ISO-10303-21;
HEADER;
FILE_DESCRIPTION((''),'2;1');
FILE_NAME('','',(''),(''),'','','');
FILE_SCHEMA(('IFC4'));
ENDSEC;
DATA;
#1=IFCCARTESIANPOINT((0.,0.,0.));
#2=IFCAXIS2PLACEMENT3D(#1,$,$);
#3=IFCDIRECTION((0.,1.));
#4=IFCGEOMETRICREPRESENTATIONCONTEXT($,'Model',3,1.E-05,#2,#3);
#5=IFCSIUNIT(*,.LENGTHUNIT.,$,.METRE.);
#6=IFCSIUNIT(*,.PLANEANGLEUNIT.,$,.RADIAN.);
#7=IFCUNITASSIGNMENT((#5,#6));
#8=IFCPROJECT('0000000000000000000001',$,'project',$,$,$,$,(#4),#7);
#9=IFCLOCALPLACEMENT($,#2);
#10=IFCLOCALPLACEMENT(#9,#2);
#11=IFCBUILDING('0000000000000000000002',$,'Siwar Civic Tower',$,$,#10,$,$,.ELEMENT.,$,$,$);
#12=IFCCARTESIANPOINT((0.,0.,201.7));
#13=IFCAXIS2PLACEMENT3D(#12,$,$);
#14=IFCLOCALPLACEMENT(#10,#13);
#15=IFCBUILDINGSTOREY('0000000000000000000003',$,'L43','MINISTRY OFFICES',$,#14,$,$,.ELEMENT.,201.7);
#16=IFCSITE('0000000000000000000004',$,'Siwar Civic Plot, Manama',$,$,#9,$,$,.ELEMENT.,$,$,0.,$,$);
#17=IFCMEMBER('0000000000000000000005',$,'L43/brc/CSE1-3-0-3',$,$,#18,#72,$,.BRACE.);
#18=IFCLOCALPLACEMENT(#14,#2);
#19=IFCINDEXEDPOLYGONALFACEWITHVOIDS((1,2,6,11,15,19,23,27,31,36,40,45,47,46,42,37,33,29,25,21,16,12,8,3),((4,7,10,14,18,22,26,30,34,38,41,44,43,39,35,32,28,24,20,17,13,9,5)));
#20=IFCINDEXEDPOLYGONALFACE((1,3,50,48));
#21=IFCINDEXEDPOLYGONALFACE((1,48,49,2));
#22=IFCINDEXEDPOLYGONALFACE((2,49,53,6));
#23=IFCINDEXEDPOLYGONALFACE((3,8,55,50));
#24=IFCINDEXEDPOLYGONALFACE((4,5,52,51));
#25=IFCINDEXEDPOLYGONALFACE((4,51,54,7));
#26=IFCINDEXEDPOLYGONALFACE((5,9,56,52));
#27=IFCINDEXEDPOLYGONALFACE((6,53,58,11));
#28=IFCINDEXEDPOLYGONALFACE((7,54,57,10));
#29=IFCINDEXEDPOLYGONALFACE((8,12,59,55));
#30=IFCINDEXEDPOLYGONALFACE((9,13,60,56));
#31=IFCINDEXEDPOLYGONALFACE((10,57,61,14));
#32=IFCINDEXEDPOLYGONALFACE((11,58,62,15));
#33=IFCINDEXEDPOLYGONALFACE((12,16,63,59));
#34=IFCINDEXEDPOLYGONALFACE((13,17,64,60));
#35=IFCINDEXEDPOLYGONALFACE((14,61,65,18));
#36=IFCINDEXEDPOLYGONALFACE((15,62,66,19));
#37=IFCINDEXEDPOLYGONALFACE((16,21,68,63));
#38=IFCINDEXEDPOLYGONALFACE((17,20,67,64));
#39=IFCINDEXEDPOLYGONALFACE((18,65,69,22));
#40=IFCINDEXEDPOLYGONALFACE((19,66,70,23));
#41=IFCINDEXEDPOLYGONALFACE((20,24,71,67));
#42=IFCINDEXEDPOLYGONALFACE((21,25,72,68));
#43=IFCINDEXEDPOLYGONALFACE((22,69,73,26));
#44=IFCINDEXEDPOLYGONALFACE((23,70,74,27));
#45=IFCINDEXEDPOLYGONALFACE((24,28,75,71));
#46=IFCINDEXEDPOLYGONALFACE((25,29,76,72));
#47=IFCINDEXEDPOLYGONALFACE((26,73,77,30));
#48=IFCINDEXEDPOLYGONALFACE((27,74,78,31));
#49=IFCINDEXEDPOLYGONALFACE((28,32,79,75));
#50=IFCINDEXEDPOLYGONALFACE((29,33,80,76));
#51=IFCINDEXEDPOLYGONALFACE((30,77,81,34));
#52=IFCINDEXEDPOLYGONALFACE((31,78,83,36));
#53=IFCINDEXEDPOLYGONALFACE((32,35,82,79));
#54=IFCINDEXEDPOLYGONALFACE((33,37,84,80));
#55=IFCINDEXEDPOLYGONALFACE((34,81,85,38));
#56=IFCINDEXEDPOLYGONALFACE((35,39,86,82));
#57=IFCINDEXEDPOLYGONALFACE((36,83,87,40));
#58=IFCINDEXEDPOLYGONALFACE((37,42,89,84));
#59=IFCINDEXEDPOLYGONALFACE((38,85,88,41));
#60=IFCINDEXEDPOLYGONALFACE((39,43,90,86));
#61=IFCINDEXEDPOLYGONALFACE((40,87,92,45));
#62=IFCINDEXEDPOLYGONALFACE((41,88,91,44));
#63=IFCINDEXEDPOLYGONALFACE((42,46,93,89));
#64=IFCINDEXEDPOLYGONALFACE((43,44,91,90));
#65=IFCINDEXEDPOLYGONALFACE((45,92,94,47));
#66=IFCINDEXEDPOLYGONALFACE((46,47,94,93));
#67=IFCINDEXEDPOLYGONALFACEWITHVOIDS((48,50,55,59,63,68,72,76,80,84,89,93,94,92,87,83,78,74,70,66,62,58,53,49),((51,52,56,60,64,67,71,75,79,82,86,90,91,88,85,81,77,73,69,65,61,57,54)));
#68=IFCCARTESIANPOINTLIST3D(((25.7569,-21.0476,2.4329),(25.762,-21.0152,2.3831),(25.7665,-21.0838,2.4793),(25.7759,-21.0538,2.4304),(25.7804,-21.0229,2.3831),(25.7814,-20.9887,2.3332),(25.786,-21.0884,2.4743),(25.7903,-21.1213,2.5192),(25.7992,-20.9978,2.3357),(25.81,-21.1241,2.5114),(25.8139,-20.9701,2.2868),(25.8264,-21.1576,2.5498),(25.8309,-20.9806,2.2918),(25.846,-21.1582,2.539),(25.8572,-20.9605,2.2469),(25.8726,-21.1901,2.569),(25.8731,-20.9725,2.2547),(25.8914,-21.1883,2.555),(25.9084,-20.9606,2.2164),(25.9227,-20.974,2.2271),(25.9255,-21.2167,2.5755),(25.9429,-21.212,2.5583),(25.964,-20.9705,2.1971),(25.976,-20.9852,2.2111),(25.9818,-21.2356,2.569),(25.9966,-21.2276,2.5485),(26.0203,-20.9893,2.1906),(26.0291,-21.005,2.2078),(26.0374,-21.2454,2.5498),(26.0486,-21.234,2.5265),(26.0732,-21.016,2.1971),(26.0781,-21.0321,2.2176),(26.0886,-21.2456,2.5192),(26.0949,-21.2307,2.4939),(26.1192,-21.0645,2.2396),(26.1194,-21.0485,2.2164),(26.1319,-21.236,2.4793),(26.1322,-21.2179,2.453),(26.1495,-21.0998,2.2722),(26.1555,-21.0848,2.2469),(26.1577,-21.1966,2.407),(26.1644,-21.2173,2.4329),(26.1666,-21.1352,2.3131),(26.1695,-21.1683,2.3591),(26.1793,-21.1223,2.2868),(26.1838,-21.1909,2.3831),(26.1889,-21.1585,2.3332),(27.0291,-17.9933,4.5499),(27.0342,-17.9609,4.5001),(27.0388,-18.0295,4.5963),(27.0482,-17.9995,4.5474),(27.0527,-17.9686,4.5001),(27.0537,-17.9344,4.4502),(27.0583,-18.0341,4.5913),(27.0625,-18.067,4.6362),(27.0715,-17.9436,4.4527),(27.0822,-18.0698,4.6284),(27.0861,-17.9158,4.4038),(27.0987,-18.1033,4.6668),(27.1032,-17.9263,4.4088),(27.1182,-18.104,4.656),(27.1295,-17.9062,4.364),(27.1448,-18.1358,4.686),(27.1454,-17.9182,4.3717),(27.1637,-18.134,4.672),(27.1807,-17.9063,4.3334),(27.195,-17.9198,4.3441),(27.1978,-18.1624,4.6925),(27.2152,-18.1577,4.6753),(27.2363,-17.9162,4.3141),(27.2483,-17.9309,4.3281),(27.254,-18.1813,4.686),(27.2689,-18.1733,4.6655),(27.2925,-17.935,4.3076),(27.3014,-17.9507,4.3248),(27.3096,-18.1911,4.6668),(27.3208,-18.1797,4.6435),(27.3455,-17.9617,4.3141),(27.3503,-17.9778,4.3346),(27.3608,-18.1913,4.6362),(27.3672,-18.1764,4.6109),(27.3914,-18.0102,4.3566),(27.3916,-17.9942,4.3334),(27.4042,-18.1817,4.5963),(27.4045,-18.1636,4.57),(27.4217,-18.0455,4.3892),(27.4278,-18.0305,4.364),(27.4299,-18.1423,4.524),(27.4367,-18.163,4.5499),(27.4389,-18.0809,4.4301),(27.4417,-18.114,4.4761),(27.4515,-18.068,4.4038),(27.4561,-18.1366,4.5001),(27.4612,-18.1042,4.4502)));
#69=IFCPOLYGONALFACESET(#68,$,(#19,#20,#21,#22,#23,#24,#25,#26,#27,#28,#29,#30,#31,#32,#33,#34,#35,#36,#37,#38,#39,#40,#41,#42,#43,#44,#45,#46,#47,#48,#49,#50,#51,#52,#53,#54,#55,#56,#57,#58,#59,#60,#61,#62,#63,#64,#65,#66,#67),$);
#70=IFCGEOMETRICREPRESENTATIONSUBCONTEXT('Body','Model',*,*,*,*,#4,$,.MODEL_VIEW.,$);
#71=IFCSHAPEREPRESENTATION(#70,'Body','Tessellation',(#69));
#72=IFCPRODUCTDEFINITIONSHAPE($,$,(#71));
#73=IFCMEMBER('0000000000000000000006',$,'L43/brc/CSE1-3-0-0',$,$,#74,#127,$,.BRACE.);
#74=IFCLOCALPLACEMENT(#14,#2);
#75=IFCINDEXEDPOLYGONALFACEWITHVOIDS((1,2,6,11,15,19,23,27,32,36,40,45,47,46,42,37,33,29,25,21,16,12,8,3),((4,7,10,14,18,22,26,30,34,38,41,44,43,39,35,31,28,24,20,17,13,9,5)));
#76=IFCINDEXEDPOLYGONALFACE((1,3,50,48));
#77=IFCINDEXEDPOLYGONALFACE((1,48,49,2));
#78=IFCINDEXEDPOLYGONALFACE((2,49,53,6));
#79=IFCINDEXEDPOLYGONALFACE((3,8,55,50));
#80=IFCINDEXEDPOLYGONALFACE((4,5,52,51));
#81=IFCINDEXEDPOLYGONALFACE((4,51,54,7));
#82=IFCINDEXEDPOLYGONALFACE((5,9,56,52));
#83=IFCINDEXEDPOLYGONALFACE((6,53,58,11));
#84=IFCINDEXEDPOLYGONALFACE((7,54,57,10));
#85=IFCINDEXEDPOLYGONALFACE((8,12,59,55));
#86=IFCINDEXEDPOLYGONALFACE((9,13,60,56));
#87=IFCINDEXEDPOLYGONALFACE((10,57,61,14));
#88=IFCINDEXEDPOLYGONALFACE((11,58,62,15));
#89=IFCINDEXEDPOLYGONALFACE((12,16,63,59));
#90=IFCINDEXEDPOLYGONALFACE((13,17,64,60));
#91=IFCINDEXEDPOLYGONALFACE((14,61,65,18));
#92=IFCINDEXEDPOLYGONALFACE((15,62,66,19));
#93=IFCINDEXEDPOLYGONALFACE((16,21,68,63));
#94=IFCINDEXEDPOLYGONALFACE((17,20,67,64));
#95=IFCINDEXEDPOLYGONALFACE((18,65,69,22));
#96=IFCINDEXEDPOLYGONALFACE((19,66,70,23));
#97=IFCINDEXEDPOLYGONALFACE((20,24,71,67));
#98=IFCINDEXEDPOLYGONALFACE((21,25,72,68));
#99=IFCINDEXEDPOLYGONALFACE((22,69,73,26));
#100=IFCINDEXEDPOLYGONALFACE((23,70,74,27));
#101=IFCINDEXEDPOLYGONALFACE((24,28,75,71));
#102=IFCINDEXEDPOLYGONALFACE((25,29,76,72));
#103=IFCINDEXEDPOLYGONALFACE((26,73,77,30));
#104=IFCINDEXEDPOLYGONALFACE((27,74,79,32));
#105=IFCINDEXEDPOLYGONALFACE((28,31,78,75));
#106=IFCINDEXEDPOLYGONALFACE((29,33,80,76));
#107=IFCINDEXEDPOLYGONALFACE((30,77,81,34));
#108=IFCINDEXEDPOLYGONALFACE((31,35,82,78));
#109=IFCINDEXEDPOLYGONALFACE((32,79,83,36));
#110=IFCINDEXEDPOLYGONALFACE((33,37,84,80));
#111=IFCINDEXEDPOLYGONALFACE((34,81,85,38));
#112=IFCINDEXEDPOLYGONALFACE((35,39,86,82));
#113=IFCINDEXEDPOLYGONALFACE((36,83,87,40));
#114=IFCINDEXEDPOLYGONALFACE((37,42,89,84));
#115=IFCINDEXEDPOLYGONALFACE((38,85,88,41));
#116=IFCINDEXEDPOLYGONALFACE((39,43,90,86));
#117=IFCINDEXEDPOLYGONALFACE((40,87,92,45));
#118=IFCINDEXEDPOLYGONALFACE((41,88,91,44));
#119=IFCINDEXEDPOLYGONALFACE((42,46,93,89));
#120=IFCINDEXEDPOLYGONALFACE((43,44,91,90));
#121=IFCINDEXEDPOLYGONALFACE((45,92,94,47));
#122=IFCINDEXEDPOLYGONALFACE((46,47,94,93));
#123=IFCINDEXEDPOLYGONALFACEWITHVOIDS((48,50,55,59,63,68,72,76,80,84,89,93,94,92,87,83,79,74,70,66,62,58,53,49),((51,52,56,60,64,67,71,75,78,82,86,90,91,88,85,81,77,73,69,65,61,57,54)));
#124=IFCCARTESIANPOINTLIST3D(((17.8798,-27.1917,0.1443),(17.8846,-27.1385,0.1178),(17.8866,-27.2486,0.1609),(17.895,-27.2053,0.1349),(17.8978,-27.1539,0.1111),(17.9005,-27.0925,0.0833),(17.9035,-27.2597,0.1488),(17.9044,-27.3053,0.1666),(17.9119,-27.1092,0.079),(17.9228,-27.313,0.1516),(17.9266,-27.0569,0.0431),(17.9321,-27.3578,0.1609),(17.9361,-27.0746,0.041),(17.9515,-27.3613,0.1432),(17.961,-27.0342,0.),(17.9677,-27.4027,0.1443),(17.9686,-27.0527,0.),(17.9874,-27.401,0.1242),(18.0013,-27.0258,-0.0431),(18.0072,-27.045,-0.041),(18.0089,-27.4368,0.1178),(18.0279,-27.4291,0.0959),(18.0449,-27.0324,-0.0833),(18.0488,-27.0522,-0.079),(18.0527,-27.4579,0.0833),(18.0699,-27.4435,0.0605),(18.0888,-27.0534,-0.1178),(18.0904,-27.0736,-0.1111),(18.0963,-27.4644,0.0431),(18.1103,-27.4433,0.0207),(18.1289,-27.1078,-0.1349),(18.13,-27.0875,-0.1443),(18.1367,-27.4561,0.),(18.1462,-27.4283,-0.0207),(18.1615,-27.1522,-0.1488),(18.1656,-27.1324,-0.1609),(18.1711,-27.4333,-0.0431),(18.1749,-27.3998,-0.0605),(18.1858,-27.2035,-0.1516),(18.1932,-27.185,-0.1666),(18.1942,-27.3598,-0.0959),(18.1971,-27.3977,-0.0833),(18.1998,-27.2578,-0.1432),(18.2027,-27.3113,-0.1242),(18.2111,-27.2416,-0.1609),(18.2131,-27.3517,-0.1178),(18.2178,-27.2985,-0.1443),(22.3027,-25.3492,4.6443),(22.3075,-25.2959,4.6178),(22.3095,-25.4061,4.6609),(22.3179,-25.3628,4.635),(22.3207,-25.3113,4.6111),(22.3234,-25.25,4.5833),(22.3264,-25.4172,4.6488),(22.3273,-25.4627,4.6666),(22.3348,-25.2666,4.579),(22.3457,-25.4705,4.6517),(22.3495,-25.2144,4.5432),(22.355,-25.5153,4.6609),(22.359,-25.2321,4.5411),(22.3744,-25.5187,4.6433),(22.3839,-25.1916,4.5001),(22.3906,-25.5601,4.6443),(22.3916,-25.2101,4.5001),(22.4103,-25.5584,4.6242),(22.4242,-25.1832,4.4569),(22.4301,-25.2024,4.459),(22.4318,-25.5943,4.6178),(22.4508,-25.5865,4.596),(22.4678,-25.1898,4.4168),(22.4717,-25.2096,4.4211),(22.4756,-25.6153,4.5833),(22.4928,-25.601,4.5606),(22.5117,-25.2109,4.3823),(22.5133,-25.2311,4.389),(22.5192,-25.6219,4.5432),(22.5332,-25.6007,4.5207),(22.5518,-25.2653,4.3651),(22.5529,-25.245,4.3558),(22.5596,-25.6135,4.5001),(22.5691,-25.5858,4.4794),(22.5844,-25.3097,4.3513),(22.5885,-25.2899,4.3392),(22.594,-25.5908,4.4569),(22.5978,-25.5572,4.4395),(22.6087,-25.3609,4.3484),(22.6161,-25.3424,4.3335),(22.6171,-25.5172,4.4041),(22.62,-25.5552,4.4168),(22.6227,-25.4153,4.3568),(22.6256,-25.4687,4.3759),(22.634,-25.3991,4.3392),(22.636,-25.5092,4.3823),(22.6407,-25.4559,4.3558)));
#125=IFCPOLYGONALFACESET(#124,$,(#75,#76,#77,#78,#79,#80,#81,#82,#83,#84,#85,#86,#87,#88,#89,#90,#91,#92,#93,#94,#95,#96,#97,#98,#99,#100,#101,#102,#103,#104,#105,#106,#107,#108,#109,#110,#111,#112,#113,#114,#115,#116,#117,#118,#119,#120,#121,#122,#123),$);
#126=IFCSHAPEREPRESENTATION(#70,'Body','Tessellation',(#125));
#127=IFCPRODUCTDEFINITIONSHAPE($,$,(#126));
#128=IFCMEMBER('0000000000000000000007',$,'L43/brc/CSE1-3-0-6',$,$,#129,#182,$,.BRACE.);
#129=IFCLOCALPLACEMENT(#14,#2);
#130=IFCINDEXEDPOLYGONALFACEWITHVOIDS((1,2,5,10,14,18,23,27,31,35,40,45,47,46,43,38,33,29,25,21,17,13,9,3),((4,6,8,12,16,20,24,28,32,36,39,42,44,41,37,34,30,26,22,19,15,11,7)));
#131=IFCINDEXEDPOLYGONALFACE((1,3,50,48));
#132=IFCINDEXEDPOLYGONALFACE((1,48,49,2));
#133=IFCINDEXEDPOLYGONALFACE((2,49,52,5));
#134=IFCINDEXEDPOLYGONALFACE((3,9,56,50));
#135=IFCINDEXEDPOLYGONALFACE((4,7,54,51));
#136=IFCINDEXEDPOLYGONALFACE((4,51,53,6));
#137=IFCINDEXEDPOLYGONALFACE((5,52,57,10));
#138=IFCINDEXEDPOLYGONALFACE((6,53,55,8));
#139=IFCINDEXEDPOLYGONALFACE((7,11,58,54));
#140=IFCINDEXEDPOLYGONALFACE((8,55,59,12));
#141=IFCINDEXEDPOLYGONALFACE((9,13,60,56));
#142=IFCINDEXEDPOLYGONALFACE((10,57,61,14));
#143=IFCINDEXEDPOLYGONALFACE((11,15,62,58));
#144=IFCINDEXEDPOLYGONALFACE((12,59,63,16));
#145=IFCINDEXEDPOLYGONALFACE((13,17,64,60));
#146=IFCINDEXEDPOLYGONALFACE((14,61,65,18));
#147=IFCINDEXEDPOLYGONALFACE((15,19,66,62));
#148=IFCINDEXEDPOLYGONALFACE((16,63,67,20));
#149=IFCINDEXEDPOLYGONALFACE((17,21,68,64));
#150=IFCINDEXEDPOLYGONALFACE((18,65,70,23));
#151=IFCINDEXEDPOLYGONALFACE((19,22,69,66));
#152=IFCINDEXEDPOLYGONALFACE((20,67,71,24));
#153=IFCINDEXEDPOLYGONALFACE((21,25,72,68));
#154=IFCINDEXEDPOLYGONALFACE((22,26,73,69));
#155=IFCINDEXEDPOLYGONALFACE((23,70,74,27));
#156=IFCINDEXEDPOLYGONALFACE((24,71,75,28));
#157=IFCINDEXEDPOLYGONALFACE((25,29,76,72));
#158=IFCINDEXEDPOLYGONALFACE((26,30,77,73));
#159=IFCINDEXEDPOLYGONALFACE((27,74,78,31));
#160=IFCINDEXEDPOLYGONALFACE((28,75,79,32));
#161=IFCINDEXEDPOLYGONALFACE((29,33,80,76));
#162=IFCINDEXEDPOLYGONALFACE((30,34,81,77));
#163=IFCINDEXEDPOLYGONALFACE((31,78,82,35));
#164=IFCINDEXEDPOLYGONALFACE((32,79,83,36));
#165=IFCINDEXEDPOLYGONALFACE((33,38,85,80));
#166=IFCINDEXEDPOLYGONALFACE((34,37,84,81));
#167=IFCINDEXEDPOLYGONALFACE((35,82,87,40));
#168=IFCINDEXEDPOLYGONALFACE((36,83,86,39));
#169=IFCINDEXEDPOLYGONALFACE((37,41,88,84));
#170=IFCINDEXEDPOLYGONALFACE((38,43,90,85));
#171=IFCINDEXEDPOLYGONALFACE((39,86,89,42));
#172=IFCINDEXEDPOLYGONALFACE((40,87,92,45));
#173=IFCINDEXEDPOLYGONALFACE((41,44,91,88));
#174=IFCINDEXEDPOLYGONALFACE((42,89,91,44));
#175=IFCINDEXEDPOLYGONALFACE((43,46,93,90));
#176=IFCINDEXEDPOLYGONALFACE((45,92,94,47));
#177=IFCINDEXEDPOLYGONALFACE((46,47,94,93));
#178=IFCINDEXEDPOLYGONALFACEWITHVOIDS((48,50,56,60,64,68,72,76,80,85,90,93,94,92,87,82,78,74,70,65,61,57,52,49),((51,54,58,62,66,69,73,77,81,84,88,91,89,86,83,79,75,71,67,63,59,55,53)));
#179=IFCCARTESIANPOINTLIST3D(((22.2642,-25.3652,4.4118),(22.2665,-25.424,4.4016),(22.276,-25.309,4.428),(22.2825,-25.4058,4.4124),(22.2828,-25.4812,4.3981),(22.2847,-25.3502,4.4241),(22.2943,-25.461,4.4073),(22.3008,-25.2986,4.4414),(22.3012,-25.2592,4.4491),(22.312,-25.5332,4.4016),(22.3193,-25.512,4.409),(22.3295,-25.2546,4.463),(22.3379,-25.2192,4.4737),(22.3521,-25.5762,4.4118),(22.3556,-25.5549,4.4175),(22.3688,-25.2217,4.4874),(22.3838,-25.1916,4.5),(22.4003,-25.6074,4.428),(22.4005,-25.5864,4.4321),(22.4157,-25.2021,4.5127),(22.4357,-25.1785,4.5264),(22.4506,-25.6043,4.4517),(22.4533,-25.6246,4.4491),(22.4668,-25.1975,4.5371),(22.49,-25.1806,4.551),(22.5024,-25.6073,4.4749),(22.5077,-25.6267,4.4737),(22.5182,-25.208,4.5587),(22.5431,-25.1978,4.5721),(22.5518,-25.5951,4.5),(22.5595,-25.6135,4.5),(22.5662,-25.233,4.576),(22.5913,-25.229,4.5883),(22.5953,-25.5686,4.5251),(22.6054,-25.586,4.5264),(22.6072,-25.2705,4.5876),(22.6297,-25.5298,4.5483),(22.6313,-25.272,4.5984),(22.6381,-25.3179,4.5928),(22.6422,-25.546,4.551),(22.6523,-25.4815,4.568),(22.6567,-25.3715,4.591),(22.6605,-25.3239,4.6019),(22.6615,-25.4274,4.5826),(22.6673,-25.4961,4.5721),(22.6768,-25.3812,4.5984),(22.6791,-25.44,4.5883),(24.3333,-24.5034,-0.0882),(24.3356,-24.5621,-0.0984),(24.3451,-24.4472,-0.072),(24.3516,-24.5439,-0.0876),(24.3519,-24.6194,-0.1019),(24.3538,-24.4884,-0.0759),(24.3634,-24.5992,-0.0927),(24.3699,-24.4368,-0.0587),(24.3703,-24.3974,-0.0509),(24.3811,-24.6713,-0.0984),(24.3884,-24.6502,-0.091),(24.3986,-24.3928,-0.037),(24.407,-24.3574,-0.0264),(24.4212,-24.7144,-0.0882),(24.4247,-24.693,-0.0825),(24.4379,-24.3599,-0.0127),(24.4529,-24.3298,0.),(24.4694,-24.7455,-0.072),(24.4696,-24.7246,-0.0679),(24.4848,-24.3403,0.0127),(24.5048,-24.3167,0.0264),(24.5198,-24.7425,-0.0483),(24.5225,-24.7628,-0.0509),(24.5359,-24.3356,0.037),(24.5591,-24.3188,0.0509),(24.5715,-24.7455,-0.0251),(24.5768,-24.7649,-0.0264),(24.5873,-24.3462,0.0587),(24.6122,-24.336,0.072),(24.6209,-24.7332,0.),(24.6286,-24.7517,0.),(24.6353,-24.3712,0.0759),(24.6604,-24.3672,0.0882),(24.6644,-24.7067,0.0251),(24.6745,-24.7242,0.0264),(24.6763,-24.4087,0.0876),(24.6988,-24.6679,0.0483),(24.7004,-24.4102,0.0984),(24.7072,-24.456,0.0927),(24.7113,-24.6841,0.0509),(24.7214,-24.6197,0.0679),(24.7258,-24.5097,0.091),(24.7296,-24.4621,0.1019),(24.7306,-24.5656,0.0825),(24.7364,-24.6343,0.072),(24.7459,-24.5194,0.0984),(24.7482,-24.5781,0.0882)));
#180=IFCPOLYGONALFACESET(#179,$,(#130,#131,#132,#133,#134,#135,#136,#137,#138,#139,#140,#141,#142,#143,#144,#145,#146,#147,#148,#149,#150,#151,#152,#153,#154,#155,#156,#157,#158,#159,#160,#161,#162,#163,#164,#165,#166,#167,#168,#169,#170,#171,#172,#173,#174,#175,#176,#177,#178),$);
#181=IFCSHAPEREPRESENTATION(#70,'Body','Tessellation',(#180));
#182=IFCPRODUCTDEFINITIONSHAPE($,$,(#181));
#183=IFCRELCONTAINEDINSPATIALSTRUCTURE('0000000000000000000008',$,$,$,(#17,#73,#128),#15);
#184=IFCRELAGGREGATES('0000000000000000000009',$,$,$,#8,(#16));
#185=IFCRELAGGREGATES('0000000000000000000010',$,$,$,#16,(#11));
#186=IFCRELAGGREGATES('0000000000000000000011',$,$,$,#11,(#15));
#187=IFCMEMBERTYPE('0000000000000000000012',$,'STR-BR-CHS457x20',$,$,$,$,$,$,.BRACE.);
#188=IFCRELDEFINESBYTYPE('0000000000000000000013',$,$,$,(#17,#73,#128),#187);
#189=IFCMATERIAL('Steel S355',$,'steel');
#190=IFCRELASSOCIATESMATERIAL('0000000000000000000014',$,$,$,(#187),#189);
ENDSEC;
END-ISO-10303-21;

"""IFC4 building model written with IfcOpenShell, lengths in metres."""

from ifc_helpers import new_model, si_unit, direction, frame, origin, origin_2d, place, context, subcontext, project, spatial, hollow_circle, extrude, material, material_profile, profile_set, type_object, element, save


model = new_model("IFC4")

# Units and contexts
model_context = context("Model", 3, precision=1e-05, world=origin(), true_north=direction((0.0, 1.0)))
body_context = subcontext(model_context, "Body", "Model", "MODEL_VIEW")
ifc_project = project(units=[si_unit("LENGTHUNIT", "METRE"), si_unit("PLANEANGLEUNIT", "RADIAN")], contexts=[model_context])

# Site, building, storey
site_placement = place(None, origin())
site = spatial("IfcSite", under=ifc_project, at=site_placement, Name="Siwar Civic Plot, Manama", CompositionType="ELEMENT", RefElevation=0.0)
building_placement = place(site_placement, origin())
building = spatial("IfcBuilding", under=site, at=building_placement, Name="Siwar Civic Tower", CompositionType="ELEMENT")
storey_placement = place(building_placement, frame((0.0, 0.0, 201.7)))
storey = spatial("IfcBuildingStorey", under=building, at=storey_placement, Name="L43", Description="MINISTRY OFFICES", CompositionType="ELEMENT", Elevation=201.7)

# Members
ifc_material_1 = material(Name="Steel S355", Category="steel")
ifc_material_profile_1 = material_profile(ifc_material_1, hollow_circle(Radius=0.2285, WallThickness=0.02, at=origin_2d()), Name="CHS457x20")
ifc_profile_set_1 = profile_set([ifc_material_profile_1], Name="Steel S355")
member_type_1 = type_object("IfcMemberType", Name="STR-BR-CHS457x20", PredefinedType="BRACE", material=ifc_profile_set_1)
for number, where, z_axis, x_axis, name in (
    (1, (25.9729, -21.103, 2.3831), (0.323895, 0.777572, 0.538955), (-0.923116, 0.384521, 0.0), "L43/brc/CSE1-3-0-3"),
):
    element("IfcMember", number, at=place(storey_placement, frame(where, z_axis=z_axis, x_axis=x_axis)), inside=storey, type_object=member_type_1, Name=name, PredefinedType="BRACE", context=body_context, shape_type="SweptSolid", body=[
        extrude(hollow_circle(Radius=0.2285, WallThickness=0.02, at=origin_2d()), origin(), (0.0, 0.0, 1.0), 3.928),
    ])
member_1_placement = place(storey_placement, frame((18.0488, -27.2451, 0.0), z_axis=(0.672865, 0.280311, 0.684601), x_axis=(-0.384557, 0.923101, 0.0)))
element("IfcMember", 2, at=member_1_placement, inside=storey, type_object=member_type_1, Name="L43/brc/CSE1-3-0-0", PredefinedType="BRACE", context=body_context, shape_type="SweptSolid", body=[
    extrude(hollow_circle(Radius=0.2285, WallThickness=0.02, at=origin_2d()), origin(), (0.0, 0.0, 1.0), 6.5732),
])
member_2_placement = place(storey_placement, frame((24.5408, -24.5408, 0.0), z_axis=(-0.41157, -0.171427, 0.895111), x_axis=(0.384499, -0.923125, 0.0)))
element("IfcMember", 3, at=member_2_placement, inside=storey, type_object=member_type_1, Name="L43/brc/CSE1-3-0-6", PredefinedType="BRACE", context=body_context, shape_type="SweptSolid", body=[
    extrude(hollow_circle(Radius=0.2285, WallThickness=0.02, at=origin_2d()), origin(), (0.0, 0.0, 1.0), 5.0273),
])

save(model, "model.ifc")
